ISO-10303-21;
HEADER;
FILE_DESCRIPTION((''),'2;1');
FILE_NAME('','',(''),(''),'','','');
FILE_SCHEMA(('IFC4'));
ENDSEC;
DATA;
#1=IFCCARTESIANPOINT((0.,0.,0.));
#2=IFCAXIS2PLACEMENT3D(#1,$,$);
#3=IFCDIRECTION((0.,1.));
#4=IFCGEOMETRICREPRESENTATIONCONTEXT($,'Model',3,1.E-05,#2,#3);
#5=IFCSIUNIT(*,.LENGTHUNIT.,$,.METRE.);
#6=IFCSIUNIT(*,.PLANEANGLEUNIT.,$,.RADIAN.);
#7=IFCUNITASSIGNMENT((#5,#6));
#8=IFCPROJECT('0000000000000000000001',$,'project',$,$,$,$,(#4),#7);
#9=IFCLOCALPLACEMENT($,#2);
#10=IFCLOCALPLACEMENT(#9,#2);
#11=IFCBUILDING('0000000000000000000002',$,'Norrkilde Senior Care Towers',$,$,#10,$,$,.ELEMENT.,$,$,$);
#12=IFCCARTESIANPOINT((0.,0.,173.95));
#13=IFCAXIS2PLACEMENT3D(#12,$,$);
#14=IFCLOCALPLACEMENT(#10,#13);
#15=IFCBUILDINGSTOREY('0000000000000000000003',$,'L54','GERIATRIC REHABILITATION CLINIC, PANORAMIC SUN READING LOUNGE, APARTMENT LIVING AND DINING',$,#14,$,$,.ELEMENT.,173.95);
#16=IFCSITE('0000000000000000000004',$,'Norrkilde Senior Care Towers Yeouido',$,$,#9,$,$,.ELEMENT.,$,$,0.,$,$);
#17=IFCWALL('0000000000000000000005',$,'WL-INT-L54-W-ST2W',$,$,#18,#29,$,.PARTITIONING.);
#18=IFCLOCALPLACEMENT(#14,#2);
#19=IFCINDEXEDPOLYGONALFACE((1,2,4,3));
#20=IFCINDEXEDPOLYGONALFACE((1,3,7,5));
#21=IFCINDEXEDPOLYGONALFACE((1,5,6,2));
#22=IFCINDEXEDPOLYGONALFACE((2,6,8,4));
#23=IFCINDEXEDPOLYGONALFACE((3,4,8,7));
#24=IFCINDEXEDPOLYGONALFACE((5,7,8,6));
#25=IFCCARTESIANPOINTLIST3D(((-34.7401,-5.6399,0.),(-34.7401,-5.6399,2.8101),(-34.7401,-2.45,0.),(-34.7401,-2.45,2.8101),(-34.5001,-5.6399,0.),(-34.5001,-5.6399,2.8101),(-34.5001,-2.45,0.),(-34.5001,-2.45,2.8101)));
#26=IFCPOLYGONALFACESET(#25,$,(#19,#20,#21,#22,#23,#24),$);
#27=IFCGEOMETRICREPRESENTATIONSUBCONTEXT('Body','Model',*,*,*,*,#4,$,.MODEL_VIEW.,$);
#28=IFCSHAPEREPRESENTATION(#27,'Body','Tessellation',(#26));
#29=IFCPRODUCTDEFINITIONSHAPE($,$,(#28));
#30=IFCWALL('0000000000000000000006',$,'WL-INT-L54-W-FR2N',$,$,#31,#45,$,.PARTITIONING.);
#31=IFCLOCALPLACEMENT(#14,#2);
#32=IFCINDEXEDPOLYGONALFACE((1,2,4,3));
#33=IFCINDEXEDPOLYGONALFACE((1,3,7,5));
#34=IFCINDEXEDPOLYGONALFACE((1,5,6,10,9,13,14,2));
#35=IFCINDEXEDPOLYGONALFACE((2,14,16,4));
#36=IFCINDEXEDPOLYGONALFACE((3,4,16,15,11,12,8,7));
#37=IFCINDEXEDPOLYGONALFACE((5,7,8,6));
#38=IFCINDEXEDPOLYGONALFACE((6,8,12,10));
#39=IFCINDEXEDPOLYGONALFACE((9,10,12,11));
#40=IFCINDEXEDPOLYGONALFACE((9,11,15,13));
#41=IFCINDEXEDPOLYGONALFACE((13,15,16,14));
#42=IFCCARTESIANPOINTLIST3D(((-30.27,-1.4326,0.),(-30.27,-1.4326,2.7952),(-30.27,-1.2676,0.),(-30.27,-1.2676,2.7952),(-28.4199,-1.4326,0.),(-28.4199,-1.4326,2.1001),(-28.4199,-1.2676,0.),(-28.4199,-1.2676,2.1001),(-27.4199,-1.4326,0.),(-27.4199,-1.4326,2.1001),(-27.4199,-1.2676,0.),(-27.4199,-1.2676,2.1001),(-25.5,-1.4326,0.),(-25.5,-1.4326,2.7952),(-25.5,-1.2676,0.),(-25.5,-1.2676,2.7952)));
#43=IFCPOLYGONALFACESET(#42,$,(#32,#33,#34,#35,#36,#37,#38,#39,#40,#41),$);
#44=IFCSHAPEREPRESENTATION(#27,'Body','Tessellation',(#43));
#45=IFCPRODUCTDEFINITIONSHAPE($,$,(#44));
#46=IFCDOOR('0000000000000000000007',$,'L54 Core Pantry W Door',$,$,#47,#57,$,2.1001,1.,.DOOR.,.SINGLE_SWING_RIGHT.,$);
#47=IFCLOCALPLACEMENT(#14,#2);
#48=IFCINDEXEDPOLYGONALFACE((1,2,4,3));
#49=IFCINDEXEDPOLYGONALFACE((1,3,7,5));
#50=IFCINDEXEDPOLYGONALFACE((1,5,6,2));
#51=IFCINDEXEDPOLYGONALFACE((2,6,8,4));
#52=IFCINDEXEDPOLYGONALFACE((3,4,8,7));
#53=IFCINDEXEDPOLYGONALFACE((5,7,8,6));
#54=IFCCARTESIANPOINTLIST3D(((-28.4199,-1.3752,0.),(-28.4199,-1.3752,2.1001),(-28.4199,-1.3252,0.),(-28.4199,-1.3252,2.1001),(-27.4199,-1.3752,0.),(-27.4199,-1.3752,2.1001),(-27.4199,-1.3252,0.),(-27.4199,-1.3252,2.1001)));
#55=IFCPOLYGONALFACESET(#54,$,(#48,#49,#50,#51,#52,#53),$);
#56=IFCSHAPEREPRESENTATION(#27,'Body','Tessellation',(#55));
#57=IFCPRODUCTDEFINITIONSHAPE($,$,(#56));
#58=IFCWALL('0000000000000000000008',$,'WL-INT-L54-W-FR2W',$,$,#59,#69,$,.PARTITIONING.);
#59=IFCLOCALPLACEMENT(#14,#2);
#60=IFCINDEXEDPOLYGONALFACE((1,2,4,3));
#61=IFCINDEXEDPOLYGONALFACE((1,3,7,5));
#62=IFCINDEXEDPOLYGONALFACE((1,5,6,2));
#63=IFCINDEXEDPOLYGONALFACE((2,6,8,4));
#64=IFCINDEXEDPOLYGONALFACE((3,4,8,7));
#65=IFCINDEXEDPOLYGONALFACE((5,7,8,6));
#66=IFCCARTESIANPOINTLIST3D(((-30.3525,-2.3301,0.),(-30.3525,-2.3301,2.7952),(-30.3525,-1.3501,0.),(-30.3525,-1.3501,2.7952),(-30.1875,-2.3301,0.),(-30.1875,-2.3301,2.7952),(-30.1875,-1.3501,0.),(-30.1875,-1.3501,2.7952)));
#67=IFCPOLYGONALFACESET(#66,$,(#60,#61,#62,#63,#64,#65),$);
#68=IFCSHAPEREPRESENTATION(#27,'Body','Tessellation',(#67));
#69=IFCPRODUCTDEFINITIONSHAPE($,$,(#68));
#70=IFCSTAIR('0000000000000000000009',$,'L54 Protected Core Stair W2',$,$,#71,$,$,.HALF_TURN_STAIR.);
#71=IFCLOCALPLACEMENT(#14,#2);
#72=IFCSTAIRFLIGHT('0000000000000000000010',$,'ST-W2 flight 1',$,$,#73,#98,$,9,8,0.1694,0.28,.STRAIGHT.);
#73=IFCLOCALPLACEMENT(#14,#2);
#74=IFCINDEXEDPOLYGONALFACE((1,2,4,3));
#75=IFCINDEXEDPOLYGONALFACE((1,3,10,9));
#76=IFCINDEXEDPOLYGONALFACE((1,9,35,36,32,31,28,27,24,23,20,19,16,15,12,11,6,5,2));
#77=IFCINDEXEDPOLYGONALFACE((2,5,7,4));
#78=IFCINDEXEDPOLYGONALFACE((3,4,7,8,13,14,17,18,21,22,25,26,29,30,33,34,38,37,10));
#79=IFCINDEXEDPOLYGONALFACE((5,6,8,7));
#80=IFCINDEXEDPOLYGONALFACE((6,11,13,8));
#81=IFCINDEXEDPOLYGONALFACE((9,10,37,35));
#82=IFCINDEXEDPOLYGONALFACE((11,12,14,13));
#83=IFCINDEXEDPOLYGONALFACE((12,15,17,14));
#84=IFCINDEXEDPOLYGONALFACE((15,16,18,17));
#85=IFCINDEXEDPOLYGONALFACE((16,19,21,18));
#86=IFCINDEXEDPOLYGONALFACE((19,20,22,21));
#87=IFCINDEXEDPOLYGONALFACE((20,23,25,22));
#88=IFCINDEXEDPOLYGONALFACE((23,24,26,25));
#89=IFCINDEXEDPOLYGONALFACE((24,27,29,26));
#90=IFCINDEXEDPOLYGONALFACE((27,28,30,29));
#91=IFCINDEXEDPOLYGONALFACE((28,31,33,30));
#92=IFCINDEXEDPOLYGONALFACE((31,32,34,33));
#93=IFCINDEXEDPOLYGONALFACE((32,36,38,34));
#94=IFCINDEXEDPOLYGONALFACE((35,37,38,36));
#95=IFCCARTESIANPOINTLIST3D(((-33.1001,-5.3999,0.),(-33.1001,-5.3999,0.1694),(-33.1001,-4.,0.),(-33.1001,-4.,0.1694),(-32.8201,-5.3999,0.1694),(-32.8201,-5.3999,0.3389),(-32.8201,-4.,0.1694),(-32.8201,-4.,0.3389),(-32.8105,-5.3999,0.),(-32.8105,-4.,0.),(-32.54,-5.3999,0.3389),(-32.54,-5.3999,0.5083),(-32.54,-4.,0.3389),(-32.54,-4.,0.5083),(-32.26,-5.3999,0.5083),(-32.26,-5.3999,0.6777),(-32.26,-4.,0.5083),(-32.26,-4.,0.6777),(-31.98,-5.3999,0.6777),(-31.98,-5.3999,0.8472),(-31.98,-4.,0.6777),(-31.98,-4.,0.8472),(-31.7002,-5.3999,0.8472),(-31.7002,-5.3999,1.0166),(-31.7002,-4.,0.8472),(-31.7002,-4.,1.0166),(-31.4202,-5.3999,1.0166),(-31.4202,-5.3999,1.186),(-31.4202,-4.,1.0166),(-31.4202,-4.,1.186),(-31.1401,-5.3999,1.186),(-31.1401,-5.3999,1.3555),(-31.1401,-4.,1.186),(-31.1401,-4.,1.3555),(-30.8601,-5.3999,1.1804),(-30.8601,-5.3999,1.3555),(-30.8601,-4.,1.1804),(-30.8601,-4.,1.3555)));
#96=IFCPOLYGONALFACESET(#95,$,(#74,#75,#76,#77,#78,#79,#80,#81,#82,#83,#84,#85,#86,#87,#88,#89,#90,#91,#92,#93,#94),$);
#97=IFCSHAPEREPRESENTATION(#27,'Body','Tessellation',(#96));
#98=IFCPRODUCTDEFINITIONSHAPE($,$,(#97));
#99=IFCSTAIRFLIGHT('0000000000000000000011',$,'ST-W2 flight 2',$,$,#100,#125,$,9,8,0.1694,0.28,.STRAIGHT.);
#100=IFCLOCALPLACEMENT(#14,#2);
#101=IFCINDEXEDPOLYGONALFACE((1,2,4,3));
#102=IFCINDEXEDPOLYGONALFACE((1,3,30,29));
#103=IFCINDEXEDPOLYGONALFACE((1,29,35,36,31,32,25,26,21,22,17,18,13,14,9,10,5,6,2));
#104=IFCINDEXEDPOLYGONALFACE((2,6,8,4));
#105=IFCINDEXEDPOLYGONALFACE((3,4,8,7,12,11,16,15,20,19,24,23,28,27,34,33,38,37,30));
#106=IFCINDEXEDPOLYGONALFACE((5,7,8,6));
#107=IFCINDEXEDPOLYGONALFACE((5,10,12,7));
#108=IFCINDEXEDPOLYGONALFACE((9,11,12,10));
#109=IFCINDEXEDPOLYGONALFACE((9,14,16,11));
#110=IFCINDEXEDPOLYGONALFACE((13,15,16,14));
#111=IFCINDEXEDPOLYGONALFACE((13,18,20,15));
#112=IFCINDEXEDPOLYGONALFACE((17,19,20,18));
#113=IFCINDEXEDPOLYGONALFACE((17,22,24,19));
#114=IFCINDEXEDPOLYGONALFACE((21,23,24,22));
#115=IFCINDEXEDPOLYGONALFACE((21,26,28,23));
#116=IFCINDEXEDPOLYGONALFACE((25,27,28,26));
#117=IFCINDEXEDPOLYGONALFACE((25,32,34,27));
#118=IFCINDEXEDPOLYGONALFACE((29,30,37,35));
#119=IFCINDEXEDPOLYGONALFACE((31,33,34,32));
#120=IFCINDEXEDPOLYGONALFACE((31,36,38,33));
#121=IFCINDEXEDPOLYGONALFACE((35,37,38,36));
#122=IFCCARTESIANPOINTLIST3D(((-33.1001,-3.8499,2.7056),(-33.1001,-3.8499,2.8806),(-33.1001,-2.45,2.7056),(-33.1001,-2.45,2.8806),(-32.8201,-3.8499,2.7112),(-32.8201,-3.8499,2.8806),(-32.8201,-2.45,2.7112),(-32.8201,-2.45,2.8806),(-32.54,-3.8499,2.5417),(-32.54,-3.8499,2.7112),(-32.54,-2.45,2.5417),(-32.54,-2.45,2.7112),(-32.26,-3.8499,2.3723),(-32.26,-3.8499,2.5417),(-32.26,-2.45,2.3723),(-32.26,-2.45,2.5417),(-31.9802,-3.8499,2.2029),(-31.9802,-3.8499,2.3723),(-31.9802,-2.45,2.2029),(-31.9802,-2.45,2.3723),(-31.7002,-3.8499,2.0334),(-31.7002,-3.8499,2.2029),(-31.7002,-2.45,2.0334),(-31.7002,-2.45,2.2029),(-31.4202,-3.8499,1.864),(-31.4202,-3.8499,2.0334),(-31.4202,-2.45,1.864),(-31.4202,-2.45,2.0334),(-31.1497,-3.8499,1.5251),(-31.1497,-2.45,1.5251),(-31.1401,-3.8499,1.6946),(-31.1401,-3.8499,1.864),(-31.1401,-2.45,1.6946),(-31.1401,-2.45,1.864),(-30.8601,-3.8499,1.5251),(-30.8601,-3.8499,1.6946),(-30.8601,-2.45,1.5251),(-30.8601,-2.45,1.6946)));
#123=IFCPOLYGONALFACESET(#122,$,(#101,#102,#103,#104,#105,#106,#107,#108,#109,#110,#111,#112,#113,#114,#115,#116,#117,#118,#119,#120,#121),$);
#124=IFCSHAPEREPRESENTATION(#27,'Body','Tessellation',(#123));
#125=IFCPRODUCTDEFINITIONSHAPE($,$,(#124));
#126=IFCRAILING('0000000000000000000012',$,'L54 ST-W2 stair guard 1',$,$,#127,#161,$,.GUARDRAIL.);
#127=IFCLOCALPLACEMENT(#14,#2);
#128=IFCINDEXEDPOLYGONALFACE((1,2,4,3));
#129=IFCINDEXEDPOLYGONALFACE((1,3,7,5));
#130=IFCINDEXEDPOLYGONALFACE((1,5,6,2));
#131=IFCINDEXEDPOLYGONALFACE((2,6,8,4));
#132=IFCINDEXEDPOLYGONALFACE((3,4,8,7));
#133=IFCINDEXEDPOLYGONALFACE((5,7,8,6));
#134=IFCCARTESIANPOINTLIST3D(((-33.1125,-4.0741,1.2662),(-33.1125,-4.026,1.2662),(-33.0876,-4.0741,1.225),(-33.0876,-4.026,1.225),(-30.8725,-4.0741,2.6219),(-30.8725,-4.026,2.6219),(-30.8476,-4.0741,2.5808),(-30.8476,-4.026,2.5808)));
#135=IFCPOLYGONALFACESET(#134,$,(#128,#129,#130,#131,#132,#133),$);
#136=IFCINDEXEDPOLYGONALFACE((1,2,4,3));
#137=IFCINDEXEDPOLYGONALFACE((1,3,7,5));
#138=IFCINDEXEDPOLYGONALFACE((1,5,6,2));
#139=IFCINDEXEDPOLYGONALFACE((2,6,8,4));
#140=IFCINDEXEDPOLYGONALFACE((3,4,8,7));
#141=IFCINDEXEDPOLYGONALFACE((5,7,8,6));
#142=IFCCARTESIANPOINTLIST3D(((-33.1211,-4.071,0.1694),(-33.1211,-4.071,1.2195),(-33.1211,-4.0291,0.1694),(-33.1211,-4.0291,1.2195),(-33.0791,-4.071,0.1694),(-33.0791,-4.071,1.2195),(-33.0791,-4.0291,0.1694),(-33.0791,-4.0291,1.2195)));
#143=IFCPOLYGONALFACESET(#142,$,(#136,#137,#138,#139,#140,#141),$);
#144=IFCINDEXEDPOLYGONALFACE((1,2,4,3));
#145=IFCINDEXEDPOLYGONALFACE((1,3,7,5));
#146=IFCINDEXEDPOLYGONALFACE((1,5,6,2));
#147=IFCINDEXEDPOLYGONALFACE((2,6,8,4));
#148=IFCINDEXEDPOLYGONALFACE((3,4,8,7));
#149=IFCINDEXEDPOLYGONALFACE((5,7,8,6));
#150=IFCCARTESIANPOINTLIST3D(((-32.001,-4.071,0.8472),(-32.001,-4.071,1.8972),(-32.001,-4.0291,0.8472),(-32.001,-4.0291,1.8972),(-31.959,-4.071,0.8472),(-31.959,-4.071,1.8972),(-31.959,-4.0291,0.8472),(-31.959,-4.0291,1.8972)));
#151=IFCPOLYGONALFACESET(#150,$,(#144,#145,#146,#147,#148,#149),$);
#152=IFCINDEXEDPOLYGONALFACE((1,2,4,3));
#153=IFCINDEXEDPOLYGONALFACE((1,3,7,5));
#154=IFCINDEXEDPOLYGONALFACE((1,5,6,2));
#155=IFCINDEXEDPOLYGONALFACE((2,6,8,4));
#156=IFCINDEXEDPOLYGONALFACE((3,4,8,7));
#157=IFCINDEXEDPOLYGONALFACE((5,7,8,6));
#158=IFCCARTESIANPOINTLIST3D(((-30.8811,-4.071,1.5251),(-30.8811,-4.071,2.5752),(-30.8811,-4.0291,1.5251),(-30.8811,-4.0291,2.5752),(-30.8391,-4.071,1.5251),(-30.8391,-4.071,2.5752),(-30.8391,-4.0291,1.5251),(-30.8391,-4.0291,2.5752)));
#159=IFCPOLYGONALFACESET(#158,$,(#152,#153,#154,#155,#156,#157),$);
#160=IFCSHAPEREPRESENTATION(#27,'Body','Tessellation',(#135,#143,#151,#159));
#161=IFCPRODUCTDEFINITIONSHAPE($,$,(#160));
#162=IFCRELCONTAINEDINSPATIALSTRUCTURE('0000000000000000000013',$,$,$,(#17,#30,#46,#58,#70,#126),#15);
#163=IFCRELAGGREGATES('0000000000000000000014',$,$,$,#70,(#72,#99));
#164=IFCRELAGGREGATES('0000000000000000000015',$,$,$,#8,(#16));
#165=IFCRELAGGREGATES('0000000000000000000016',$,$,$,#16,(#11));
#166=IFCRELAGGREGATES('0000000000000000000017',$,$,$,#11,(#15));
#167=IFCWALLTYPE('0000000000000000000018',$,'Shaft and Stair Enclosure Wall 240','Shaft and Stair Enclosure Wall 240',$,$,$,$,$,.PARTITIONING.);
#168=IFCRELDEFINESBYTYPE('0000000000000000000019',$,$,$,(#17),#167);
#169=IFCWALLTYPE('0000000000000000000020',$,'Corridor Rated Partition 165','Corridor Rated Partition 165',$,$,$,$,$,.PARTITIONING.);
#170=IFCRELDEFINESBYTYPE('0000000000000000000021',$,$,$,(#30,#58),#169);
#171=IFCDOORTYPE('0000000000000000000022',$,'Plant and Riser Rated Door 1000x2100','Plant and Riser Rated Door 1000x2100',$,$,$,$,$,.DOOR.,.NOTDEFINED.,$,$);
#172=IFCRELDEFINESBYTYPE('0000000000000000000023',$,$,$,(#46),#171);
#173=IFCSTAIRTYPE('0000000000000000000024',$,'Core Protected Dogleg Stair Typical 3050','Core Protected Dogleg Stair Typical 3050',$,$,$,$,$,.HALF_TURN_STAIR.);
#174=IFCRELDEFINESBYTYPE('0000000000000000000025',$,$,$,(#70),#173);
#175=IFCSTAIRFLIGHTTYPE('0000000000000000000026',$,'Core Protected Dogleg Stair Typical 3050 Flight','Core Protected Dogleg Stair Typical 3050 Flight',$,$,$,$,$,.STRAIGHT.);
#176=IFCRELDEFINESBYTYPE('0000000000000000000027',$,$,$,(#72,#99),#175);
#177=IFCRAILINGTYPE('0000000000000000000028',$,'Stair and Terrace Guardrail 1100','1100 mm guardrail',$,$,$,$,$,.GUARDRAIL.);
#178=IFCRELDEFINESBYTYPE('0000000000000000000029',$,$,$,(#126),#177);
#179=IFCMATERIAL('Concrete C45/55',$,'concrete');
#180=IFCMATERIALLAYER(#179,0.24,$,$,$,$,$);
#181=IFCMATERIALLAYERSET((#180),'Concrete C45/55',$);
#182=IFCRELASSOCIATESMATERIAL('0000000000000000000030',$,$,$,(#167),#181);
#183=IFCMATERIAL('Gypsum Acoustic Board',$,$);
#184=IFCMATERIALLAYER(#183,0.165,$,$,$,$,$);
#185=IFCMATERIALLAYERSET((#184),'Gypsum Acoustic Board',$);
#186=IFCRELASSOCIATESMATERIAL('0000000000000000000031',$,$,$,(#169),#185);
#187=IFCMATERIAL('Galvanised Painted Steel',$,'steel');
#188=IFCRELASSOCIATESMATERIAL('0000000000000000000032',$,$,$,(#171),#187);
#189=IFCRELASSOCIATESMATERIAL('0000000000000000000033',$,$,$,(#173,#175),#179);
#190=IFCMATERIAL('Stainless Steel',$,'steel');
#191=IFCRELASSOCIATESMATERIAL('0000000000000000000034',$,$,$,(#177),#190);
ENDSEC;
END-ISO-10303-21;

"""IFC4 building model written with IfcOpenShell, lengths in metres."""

from ifc_helpers import new_model, si_unit, direction, frame, frame_2d, origin, origin_2d, place, context, subcontext, project, spatial, polyline, rectangle, outline, extrude, source, transform, mapped, material, layer, layer_set, type_object, type_shapes, element, fill, aggregate, save


model = new_model("IFC4")

# Units and contexts
model_context = context("Model", 3, precision=1e-05, world=origin(), true_north=direction((0.0, 1.0)))
body_context = subcontext(model_context, "Body", "Model", "MODEL_VIEW")
ifc_project = project(units=[si_unit("LENGTHUNIT", "METRE"), si_unit("PLANEANGLEUNIT", "RADIAN")], contexts=[model_context])

# Site, building, storey
site_placement = place(None, origin())
site = spatial("IfcSite", under=ifc_project, at=site_placement, Name="Norrkilde Senior Care Towers Yeouido", CompositionType="ELEMENT", RefElevation=0.0)
building_placement = place(site_placement, origin())
building = spatial("IfcBuilding", under=site, at=building_placement, Name="Norrkilde Senior Care Towers", CompositionType="ELEMENT")
storey_placement = place(building_placement, frame((0.0, 0.0, 173.95)))
storey = spatial("IfcBuildingStorey", under=building, at=storey_placement, Name="L54", Description="GERIATRIC REHABILITATION CLINIC, PANORAMIC SUN READING LOUNGE, APARTMENT LIVING AND DINING", CompositionType="ELEMENT", Elevation=173.95)

# Shared definitions
ifc_material_1 = material(Name="Concrete C45/55", Category="concrete")
ifc_layer_1 = layer(ifc_material_1, 0.24)
ifc_layer_set_1 = layer_set([ifc_layer_1], Name="Concrete C45/55")
wall_type_1 = type_object("IfcWallType", Name="Shaft and Stair Enclosure Wall 240", Description="Shaft and Stair Enclosure Wall 240", PredefinedType="PARTITIONING", material=ifc_layer_set_1)
ifc_material_2 = material(Name="Galvanised Painted Steel", Category="steel")

# Wall
shared_shape_1 = source(origin(), body_context, "Body", "SweptSolid", [
    extrude(rectangle(XDim=3.1899, YDim=0.24, at=frame_2d((1.595, 0.0))), origin(), (0.0, 0.0, 1.0), 2.8101),
])
wall_1_placement = place(storey_placement, frame((-34.6201, -5.6399, 0.0), z_axis=(0.0, 0.0, 1.0), x_axis=(0.0, 1.0, 0.0)))
element("IfcWall", 1, at=wall_1_placement, inside=storey, type_object=wall_type_1, Name="WL-INT-L54-W-ST2W", PredefinedType="PARTITIONING", context=body_context, shape_type="MappedRepresentation", body=[
    mapped(shared_shape_1, transform((0.0, 0.0, 0.0), x_axis=(1.0, 0.0, 0.0), y_axis=(0.0, 1.0, 0.0), z_axis=(0.0, 0.0, 1.0), scale=1.0)),
])

# Wall, opening, door
ifc_material_3 = material(Name="Gypsum Acoustic Board")
ifc_layer_2 = layer(ifc_material_3, 0.165)
ifc_layer_set_2 = layer_set([ifc_layer_2], Name="Gypsum Acoustic Board")
wall_type_2 = type_object("IfcWallType", Name="Corridor Rated Partition 165", Description="Corridor Rated Partition 165", PredefinedType="PARTITIONING", material=ifc_layer_set_2)
shared_shape_2 = source(origin(), body_context, "Body", "SweptSolid", [
    extrude(rectangle(XDim=4.77, YDim=0.165, at=frame_2d((2.385, 0.0))), origin(), (0.0, 0.0, 1.0), 2.7952),
])
wall_2_placement = place(storey_placement, frame((-30.27, -1.3501, 0.0), z_axis=(0.0, 0.0, 1.0), x_axis=(1.0, 0.0, 0.0)))
wall_2 = element("IfcWall", 2, at=wall_2_placement, inside=storey, type_object=wall_type_2, Name="WL-INT-L54-W-FR2N", PredefinedType="PARTITIONING", context=body_context, shape_type="MappedRepresentation", body=[
    mapped(shared_shape_2, transform((0.0, 0.0, 0.0), x_axis=(1.0, 0.0, 0.0), y_axis=(0.0, 1.0, 0.0), z_axis=(0.0, 0.0, 1.0), scale=1.0)),
])
opening_1_placement = place(wall_2_placement, frame((1.8501, 0.0, 0.0)))
opening_1 = element("IfcOpeningElement", 3, at=opening_1_placement, cuts=wall_2, PredefinedType="OPENING", context=body_context, shape_type="SweptSolid", body=[
    extrude(rectangle(XDim=1.0, YDim=2.1001, at=frame_2d((0.5, 1.05))), frame((0.0, 0.0925, 0.0), z_axis=(0.0, -1.0, 0.0), x_axis=(1.0, 0.0, 0.0)), (0.0, 0.0, 1.0), 0.1851),
])
door_type_1 = type_object("IfcDoorType", Name="Plant and Riser Rated Door 1000x2100", Description="Plant and Riser Rated Door 1000x2100", OperationType="NOTDEFINED", PredefinedType="DOOR", material=ifc_material_2)
shared_shape_3 = source(origin(), body_context, "Body", "SweptSolid", [
    extrude(rectangle(XDim=1.0, YDim=2.1001, at=frame_2d((0.5, 1.05))), frame((0.0, 0.0249, 0.0), z_axis=(0.0, -1.0, 0.0), x_axis=(1.0, 0.0, 0.0)), (0.0, 0.0, 1.0), 0.05),
])
type_shapes(door_type_1, [shared_shape_3])
door_1_placement = place(opening_1_placement, origin())
door_1 = element("IfcDoor", 4, at=door_1_placement, inside=storey, type_object=door_type_1, Name="L54 Core Pantry W Door", OperationType="SINGLE_SWING_RIGHT", OverallHeight=2.1001, OverallWidth=1.0, PredefinedType="DOOR", context=body_context, shape_type="MappedRepresentation", body=[
    mapped(shared_shape_3, transform((0.0, 0.0, 0.0), x_axis=(1.0, 0.0, 0.0), y_axis=(0.0, 1.0, 0.0), z_axis=(0.0, 0.0, 1.0), scale=1.0)),
])
fill(opening_1, door_1)

# Wall
shared_shape_4 = source(origin(), body_context, "Body", "SweptSolid", [
    extrude(rectangle(XDim=0.98, YDim=0.165, at=frame_2d((0.49, 0.0))), origin(), (0.0, 0.0, 1.0), 2.7952),
])
type_shapes(wall_type_2, [shared_shape_2, shared_shape_4])
wall_3_placement = place(storey_placement, frame((-30.27, -2.3301, 0.0), z_axis=(0.0, 0.0, 1.0), x_axis=(0.0, 1.0, 0.0)))
element("IfcWall", 5, at=wall_3_placement, inside=storey, type_object=wall_type_2, Name="WL-INT-L54-W-FR2W", PredefinedType="PARTITIONING", context=body_context, shape_type="MappedRepresentation", body=[
    mapped(shared_shape_4, transform((0.0, 0.0, 0.0), x_axis=(1.0, 0.0, 0.0), y_axis=(0.0, 1.0, 0.0), z_axis=(0.0, 0.0, 1.0), scale=1.0)),
])

# Stair, stair flights
stair_type = type_object("IfcStairType", Name="Core Protected Dogleg Stair Typical 3050", Description="Core Protected Dogleg Stair Typical 3050", PredefinedType="HALF_TURN_STAIR", material=ifc_material_1)
stair_placement = place(storey_placement, origin())
stair = element("IfcStair", 6, at=stair_placement, inside=storey, type_object=stair_type, Name="L54 Protected Core Stair W2", PredefinedType="HALF_TURN_STAIR")
stair_flight_type = type_object("IfcStairFlightType", Name="Core Protected Dogleg Stair Typical 3050 Flight", Description="Core Protected Dogleg Stair Typical 3050 Flight", PredefinedType="STRAIGHT", material=ifc_material_1)
stair_flight_1_placement = place(storey_placement, frame((-33.1001, -4.7, 0.0), z_axis=(0.0, 0.0, 1.0), x_axis=(1.0, 0.0, 0.0)))
stair_flight_1 = element("IfcStairFlight", 7, at=stair_flight_1_placement, type_object=stair_flight_type, Name="ST-W2 flight 1", NumberOfRisers=9, NumberOfTreads=8, PredefinedType="STRAIGHT", RiserHeight=0.1694, TreadLength=0.28, context=body_context, shape_type="SweptSolid", body=[
    extrude(outline(polyline([(0.0, 0.0), (0.0, 0.1694), (0.28, 0.1694), (0.28, 0.3389), (0.5601, 0.3389), (0.5601, 0.5083), (0.8401, 0.5083), (0.8401, 0.6777), (1.1201, 0.6777), (1.1201, 0.8472), (1.3999, 0.8472), (1.3999, 1.0166), (1.6799, 1.0166), (1.6799, 1.186), (1.96, 1.186), (1.96, 1.3555), (2.24, 1.3555), (2.24, 1.5249), (2.24, 1.1804), (0.2896, 0.0), (0.0, 0.0)])), frame((0.0, 0.7, 0.0), z_axis=(0.0, -1.0, 0.0), x_axis=(1.0, 0.0, 0.0)), (0.0, 0.0, 1.0), 1.3999),
])
stair_flight_2_placement = place(storey_placement, frame((-30.8601, -3.1499, 1.5251), z_axis=(0.0, 0.0, 1.0), x_axis=(-1.0, 0.0, 0.0)))
stair_flight_2 = element("IfcStairFlight", 8, at=stair_flight_2_placement, type_object=stair_flight_type, Name="ST-W2 flight 2", NumberOfRisers=9, NumberOfTreads=8, PredefinedType="STRAIGHT", RiserHeight=0.1694, TreadLength=0.28, context=body_context, shape_type="SweptSolid", body=[
    extrude(outline(polyline([(0.0, 0.0), (0.0, 0.1694), (0.28, 0.1694), (0.28, 0.3389), (0.5601, 0.3389), (0.5601, 0.5083), (0.8401, 0.5083), (0.8401, 0.6777), (1.1201, 0.6777), (1.1201, 0.8472), (1.3999, 0.8472), (1.3999, 1.0166), (1.6799, 1.0166), (1.6799, 1.186), (1.96, 1.186), (1.96, 1.3555), (2.24, 1.3555), (2.24, 1.5249), (2.24, 1.1804), (0.2896, 0.0), (0.0, 0.0)])), frame((0.0, 0.7, 0.0), z_axis=(0.0, -1.0, 0.0), x_axis=(1.0, 0.0, 0.0)), (0.0, 0.0, 1.0), 1.3999),
])
aggregate(stair, [stair_flight_1, stair_flight_2])

# Railing
ifc_material_4 = material(Name="Stainless Steel", Category="steel")
railing_type_1 = type_object("IfcRailingType", Name="Stair and Terrace Guardrail 1100", Description="1100 mm guardrail", PredefinedType="GUARDRAIL", material=ifc_material_4)
railing_1_placement = place(storey_placement, frame((-33.1001, -4.05, 0.1694)))
element("IfcRailing", 9, at=railing_1_placement, inside=storey, type_object=railing_type_1, Name="L54 ST-W2 stair guard 1", PredefinedType="GUARDRAIL", context=body_context, shape_type="SweptSolid", body=[
    extrude(rectangle(XDim=0.0481, YDim=0.0481, at=origin_2d()), frame((0.0, 0.0, 1.0762), z_axis=(0.855512, 0.0, 0.517783), x_axis=(0.0, 1.0, 0.0)), (0.0, 0.0, 1.0), 2.6184),
    extrude(rectangle(XDim=0.042, YDim=0.042, at=origin_2d()), origin(), (0.0, 0.0, 1.0), 1.05),
    extrude(rectangle(XDim=0.042, YDim=0.042, at=origin_2d()), frame((1.1201, 0.0, 0.6777)), (0.0, 0.0, 1.0), 1.05),
    extrude(rectangle(XDim=0.042, YDim=0.042, at=origin_2d()), frame((2.24, 0.0, 1.3557)), (0.0, 0.0, 1.0), 1.05),
])

save(model, "model.ifc")
